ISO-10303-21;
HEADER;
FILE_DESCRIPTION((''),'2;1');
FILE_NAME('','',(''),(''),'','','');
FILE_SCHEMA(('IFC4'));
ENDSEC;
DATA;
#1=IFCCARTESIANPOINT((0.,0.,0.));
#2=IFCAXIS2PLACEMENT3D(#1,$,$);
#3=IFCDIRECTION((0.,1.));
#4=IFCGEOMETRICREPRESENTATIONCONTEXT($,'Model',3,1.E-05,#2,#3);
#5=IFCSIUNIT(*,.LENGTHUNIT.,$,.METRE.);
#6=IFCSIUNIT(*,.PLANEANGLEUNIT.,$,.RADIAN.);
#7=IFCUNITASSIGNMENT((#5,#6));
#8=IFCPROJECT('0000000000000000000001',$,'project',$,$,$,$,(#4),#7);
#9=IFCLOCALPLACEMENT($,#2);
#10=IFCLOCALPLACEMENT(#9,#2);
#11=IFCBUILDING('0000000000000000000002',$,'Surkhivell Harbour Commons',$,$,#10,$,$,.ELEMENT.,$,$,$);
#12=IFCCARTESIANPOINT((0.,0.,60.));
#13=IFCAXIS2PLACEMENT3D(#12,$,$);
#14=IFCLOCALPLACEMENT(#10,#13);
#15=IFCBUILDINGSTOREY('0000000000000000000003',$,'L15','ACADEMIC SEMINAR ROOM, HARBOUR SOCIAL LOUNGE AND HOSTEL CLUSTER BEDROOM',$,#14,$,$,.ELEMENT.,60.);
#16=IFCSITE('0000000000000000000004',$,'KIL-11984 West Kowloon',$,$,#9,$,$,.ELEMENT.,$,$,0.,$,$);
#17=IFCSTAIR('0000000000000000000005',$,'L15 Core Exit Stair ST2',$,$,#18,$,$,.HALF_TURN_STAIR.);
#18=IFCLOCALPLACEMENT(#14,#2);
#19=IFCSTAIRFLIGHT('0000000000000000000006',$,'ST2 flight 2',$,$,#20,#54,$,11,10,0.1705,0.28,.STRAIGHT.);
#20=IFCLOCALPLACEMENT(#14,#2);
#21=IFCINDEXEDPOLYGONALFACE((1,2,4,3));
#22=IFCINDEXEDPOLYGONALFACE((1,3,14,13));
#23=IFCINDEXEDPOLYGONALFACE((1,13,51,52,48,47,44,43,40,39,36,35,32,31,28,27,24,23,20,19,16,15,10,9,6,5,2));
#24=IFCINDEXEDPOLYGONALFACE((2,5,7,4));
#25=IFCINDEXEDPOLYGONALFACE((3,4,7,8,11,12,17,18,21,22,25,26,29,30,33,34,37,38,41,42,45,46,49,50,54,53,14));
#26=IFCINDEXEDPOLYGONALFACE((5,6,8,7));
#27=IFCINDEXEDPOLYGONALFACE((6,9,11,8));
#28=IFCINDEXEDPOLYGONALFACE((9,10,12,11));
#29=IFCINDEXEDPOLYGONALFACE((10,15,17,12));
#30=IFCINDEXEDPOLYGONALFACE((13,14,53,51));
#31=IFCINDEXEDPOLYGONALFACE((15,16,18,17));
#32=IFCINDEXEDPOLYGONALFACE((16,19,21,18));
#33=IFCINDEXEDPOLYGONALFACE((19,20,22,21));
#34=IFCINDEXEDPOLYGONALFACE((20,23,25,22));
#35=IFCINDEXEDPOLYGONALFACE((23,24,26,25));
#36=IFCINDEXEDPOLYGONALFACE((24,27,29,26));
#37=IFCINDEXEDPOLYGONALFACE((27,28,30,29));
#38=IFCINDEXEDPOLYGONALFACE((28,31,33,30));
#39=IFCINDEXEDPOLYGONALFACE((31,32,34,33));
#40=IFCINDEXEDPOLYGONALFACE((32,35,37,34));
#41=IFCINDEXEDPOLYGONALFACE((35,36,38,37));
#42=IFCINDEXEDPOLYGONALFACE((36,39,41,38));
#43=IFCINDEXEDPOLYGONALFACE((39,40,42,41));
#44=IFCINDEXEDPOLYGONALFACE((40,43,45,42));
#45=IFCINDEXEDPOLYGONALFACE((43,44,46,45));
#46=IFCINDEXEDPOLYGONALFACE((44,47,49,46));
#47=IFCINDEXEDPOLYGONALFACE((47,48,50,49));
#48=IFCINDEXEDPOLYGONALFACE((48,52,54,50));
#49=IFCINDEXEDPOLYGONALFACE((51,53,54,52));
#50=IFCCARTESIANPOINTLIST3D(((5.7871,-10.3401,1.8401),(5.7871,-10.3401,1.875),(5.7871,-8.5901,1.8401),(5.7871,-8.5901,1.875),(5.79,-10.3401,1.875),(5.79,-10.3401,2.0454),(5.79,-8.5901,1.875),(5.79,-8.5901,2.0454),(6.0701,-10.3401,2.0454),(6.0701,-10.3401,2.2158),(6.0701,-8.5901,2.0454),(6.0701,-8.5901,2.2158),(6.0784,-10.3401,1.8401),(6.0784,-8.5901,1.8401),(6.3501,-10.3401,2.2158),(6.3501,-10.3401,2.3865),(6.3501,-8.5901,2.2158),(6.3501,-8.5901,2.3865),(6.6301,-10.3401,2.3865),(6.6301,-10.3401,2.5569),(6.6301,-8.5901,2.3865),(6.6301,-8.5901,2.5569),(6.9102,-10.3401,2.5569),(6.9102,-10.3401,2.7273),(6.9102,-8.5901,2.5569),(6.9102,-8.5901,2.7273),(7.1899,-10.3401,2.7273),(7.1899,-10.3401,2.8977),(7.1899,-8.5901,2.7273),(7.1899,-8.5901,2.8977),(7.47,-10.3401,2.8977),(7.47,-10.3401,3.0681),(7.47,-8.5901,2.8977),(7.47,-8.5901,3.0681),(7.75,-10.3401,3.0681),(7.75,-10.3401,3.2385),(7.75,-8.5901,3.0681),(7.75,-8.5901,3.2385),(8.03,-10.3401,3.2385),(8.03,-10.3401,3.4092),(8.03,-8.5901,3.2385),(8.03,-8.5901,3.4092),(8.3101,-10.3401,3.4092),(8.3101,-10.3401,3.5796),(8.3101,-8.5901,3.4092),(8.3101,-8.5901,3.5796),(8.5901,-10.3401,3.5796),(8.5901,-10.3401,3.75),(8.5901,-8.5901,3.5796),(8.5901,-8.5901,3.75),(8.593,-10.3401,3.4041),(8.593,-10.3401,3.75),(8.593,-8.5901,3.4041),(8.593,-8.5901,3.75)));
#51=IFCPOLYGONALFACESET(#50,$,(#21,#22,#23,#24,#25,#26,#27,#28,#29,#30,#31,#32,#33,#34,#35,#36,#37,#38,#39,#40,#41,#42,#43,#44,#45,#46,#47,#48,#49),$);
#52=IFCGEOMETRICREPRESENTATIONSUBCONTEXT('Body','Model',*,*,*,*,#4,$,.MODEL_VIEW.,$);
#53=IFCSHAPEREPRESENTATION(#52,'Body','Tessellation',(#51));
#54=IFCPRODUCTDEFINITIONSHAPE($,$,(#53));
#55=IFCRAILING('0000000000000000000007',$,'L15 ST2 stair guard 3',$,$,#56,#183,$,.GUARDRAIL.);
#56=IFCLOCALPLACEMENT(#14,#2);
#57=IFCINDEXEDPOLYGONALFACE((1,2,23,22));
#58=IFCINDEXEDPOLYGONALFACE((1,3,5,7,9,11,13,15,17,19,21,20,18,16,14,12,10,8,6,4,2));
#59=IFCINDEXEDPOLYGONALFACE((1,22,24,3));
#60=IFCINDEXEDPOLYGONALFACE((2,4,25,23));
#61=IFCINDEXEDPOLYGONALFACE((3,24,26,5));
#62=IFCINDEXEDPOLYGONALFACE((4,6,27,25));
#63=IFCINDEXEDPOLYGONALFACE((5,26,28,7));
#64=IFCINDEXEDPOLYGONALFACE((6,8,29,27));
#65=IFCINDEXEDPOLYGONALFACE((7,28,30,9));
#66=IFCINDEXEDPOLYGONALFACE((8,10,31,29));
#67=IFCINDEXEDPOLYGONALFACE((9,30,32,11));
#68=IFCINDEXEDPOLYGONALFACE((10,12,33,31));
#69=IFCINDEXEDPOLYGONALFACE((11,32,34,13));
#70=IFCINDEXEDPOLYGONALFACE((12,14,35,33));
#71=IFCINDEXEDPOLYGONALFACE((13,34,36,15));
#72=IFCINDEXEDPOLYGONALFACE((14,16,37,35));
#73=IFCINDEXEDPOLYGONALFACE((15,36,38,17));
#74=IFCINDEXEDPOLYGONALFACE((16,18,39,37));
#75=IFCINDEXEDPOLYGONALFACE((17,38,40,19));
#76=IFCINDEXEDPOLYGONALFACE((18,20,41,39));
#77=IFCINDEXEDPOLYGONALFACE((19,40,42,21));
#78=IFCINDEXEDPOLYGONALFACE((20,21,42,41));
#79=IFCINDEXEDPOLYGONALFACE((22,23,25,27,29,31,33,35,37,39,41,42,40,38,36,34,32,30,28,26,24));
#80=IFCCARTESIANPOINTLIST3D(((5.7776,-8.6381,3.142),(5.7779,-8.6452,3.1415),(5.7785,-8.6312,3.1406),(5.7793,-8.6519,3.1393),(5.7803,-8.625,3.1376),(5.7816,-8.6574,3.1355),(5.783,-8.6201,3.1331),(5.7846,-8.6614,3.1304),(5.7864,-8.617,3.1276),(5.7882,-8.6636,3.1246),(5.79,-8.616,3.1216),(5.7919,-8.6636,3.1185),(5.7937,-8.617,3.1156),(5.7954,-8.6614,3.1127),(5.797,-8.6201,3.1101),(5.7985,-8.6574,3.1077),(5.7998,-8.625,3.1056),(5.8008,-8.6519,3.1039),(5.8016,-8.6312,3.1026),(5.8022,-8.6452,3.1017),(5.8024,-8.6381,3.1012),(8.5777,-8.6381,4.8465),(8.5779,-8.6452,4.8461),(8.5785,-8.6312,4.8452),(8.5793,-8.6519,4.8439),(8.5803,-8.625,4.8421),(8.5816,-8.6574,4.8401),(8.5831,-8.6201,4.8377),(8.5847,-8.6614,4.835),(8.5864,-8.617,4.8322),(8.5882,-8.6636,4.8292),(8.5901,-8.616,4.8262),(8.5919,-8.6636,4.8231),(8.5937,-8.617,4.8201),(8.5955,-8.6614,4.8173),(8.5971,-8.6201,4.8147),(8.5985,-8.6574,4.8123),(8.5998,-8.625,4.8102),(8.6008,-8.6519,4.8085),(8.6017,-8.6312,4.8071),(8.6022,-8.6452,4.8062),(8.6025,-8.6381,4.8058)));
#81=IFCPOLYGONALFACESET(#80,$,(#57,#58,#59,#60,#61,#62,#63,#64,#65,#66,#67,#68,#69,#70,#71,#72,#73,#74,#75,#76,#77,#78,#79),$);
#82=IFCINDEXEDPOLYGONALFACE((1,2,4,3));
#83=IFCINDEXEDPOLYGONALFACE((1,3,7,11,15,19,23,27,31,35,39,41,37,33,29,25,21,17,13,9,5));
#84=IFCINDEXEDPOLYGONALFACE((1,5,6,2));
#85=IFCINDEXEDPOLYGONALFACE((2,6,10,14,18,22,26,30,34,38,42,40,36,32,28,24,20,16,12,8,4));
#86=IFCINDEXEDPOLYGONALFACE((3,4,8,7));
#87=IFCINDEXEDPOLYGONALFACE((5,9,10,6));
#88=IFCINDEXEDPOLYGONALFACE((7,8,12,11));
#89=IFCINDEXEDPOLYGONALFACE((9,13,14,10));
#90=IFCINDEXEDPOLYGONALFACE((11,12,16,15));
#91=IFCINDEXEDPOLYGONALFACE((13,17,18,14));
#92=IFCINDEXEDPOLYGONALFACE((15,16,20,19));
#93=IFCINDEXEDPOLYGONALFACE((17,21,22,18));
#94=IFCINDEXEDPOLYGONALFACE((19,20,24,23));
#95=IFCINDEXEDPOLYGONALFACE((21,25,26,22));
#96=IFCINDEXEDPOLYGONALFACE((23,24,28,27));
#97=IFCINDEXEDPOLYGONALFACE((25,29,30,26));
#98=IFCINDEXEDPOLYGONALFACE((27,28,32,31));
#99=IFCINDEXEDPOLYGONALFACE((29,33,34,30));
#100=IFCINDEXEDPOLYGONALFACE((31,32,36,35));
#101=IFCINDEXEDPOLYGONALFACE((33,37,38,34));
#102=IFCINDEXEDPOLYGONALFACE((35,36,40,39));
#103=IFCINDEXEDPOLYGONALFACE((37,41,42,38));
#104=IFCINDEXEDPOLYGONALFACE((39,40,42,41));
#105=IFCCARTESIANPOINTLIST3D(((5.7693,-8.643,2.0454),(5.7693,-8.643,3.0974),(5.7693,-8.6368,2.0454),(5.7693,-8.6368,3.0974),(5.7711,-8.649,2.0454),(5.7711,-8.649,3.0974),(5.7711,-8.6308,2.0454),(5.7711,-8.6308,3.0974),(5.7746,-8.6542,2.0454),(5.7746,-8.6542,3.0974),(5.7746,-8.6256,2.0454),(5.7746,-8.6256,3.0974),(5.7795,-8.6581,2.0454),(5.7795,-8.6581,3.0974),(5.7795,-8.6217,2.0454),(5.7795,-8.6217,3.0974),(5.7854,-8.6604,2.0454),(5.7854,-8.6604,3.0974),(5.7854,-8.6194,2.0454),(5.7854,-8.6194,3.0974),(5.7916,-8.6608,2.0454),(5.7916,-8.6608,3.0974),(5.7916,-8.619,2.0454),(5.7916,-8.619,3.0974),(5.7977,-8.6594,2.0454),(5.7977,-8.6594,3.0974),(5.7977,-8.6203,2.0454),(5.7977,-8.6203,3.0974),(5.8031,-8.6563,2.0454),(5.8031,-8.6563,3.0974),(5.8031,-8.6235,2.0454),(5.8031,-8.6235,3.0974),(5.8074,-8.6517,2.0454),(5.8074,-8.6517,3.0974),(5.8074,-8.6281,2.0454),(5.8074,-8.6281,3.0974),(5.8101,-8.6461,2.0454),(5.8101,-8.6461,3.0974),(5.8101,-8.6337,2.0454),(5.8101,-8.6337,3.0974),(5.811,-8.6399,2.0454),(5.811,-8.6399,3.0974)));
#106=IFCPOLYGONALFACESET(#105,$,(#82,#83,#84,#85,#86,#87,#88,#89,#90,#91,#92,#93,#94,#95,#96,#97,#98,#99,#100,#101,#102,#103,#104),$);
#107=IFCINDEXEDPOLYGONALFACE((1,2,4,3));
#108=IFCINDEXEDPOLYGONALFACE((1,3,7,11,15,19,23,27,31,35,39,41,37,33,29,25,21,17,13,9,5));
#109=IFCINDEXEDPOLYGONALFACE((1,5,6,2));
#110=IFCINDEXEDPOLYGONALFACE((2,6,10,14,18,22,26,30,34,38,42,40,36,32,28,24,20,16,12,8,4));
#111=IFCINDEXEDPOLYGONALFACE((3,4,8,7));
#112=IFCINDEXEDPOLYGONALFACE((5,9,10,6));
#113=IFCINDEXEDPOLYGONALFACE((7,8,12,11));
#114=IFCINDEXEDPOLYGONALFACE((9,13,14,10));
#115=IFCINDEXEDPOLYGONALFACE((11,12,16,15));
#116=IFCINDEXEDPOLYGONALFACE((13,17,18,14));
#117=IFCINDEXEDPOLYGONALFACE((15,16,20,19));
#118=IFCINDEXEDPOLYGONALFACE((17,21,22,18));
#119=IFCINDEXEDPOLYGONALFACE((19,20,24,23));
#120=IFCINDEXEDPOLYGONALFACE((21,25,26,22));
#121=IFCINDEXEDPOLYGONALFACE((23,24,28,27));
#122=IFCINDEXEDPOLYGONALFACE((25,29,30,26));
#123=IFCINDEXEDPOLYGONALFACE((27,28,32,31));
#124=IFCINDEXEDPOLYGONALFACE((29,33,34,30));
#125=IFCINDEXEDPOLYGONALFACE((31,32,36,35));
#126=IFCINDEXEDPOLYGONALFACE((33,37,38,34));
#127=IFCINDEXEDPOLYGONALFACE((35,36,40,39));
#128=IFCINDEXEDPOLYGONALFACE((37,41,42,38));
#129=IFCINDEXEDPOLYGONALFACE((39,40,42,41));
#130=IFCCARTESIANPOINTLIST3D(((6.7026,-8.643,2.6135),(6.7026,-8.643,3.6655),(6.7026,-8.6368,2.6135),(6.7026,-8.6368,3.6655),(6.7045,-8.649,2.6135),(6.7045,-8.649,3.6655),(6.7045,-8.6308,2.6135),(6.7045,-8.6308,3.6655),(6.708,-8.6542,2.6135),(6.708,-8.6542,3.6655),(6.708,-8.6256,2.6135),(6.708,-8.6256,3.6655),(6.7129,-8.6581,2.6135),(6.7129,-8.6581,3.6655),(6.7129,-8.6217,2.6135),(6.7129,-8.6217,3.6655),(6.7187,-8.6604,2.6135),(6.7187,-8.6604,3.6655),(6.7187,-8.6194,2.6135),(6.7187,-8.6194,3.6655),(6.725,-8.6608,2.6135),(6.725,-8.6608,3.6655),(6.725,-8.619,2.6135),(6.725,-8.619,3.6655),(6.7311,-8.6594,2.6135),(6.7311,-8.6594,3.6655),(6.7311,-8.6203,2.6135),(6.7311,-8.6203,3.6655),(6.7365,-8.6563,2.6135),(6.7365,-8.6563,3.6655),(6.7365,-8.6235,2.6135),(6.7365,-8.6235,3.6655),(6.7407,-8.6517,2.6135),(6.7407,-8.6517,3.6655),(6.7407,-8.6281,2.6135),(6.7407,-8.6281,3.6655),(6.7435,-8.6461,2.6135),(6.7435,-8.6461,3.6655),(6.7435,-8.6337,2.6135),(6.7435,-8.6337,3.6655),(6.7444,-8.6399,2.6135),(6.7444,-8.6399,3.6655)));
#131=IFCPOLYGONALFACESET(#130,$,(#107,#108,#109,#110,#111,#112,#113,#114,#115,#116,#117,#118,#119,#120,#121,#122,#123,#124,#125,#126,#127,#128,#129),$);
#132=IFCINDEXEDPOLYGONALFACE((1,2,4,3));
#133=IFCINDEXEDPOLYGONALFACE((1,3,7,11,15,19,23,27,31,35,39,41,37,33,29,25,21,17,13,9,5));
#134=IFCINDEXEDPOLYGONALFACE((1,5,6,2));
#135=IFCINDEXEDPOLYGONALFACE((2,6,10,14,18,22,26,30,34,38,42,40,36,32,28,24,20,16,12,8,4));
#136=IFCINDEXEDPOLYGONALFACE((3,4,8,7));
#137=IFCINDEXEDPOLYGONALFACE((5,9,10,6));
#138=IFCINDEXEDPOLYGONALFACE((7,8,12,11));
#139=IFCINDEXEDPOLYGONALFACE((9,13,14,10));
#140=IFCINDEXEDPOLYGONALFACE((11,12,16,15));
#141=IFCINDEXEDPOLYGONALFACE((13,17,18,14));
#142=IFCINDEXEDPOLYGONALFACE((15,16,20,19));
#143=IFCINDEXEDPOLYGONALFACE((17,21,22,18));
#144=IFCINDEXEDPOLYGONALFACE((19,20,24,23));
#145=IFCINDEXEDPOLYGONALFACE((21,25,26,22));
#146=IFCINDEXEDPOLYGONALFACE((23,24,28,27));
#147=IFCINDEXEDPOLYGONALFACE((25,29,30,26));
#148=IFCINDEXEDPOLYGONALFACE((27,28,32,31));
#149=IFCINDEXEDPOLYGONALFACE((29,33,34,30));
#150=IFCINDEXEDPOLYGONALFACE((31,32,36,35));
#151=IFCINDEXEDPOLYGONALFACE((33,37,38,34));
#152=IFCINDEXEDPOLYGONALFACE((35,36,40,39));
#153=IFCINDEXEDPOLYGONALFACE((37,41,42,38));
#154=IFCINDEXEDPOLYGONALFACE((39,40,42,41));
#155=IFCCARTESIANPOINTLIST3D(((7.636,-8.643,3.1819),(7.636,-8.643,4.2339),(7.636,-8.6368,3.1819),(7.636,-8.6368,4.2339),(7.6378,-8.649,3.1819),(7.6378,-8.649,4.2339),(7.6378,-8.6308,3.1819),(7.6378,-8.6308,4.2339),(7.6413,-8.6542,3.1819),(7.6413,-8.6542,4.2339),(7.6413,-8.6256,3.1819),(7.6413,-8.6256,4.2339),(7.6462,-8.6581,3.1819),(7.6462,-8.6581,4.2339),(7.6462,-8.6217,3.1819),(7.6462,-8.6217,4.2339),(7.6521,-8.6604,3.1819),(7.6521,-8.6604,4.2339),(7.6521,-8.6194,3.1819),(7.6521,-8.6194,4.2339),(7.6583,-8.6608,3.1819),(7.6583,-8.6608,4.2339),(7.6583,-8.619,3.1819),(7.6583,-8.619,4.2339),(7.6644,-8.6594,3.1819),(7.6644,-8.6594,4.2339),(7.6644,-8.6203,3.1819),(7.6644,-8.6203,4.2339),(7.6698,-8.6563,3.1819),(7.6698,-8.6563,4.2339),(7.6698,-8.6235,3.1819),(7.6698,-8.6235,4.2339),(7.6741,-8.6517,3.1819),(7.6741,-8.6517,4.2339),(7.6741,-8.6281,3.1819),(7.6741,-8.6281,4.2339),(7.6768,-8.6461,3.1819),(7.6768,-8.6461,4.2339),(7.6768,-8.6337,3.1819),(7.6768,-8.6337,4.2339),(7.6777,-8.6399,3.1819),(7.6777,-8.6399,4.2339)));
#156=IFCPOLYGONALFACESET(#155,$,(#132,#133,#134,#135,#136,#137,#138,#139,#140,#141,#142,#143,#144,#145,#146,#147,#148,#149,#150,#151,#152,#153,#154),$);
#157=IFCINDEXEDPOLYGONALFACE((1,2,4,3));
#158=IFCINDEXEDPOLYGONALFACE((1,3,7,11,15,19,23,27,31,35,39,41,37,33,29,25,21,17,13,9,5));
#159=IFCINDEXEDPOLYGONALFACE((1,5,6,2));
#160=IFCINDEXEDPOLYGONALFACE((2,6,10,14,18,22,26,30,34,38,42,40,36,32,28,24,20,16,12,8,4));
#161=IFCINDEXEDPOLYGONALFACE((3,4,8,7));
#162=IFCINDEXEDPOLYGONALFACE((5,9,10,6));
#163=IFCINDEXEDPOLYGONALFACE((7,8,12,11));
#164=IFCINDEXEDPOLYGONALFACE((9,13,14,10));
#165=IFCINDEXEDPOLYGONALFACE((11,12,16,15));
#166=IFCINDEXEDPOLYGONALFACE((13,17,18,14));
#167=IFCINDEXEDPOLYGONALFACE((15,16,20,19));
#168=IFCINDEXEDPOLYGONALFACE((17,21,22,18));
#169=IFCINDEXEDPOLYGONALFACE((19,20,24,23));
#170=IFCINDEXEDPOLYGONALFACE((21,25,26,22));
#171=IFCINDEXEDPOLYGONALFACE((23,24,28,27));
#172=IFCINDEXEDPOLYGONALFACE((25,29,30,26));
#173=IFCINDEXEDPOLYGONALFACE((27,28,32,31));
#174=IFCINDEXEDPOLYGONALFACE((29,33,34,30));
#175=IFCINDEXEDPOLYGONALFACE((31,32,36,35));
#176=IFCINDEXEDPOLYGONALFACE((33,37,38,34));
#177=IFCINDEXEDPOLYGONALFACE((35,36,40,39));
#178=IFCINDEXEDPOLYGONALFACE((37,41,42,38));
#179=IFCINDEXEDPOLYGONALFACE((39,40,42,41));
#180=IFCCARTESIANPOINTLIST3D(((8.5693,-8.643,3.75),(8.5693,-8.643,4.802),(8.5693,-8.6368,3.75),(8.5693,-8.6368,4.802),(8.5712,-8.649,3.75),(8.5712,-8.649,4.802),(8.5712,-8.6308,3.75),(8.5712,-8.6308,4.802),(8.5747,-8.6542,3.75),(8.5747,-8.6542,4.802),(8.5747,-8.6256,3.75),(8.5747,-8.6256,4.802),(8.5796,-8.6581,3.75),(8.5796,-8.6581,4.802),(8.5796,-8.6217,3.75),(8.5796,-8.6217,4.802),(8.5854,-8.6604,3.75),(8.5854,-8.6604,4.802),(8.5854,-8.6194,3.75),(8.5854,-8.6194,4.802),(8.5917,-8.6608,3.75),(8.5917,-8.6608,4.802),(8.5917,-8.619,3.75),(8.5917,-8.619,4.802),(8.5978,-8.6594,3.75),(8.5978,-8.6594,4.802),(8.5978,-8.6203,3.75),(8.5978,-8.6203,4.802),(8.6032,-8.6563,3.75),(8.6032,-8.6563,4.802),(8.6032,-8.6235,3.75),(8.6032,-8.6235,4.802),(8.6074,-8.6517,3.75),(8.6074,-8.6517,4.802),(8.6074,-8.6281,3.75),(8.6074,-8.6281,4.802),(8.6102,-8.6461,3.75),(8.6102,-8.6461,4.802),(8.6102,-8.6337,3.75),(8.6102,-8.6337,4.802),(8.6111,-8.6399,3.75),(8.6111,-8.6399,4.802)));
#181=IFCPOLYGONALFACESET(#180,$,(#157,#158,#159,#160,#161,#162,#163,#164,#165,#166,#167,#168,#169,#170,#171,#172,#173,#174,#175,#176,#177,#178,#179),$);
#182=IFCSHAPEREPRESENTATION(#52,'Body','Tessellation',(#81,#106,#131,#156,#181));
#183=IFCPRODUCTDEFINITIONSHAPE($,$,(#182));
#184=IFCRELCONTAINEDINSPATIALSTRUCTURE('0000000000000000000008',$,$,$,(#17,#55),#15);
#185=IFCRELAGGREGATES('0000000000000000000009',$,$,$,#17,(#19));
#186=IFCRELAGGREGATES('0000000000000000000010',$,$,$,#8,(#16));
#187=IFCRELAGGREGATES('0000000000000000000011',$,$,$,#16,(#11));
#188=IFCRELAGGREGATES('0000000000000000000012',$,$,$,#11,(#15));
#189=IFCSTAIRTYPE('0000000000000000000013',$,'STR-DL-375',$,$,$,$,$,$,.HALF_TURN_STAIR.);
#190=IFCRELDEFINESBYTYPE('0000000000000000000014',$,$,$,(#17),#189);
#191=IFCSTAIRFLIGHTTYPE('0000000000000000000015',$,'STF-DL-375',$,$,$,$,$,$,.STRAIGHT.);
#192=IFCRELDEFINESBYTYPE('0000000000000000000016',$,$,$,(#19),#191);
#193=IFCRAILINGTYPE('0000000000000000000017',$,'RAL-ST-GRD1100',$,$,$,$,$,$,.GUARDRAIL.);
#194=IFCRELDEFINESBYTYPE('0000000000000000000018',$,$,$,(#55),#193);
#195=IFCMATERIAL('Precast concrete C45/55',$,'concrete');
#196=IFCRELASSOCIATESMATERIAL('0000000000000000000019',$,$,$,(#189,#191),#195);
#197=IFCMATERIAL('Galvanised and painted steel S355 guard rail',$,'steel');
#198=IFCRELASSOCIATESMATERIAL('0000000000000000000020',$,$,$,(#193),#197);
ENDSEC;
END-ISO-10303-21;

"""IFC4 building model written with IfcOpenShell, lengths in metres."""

from ifc_helpers import new_model, si_unit, direction, frame, origin, origin_2d, place, context, subcontext, project, spatial, polyline, circle, outline, extrude, material, type_object, element, aggregate, save


model = new_model("IFC4")

# Units and contexts
model_context = context("Model", 3, precision=1e-05, world=origin(), true_north=direction((0.0, 1.0)))
body_context = subcontext(model_context, "Body", "Model", "MODEL_VIEW")
ifc_project = project(units=[si_unit("LENGTHUNIT", "METRE"), si_unit("PLANEANGLEUNIT", "RADIAN")], contexts=[model_context])

# Site, building, storey
site_placement = place(None, origin())
site = spatial("IfcSite", under=ifc_project, at=site_placement, Name="KIL-11984 West Kowloon", CompositionType="ELEMENT", RefElevation=0.0)
building_placement = place(site_placement, origin())
building = spatial("IfcBuilding", under=site, at=building_placement, Name="Surkhivell Harbour Commons", CompositionType="ELEMENT")
storey_placement = place(building_placement, frame((0.0, 0.0, 60.0)))
storey = spatial("IfcBuildingStorey", under=building, at=storey_placement, Name="L15", Description="ACADEMIC SEMINAR ROOM, HARBOUR SOCIAL LOUNGE AND HOSTEL CLUSTER BEDROOM", CompositionType="ELEMENT", Elevation=60.0)

# Stair, stair flight
ifc_material_1 = material(Name="Precast concrete C45/55", Category="concrete")
stair_type = type_object("IfcStairType", Name="STR-DL-375", PredefinedType="HALF_TURN_STAIR", material=ifc_material_1)
stair_placement = place(storey_placement, origin())
stair = element("IfcStair", 1, at=stair_placement, inside=storey, type_object=stair_type, Name="L15 Core Exit Stair ST2", PredefinedType="HALF_TURN_STAIR")
stair_flight_type = type_object("IfcStairFlightType", Name="STF-DL-375", PredefinedType="STRAIGHT", material=ifc_material_1)
stair_flight_placement = place(storey_placement, frame((5.79, -9.4651, 1.875), z_axis=(0.0, 0.0, 1.0), x_axis=(1.0, 0.0, 0.0)))
stair_flight = element("IfcStairFlight", 2, at=stair_flight_placement, type_object=stair_flight_type, Name="ST2 flight 2", NumberOfRisers=11, NumberOfTreads=10, PredefinedType="STRAIGHT", RiserHeight=0.1705, TreadLength=0.28, context=body_context, shape_type="SweptSolid", body=[
    extrude(outline(polyline([(-0.0029, -0.0349), (-0.0029, 0.0), (0.0, 0.0), (0.0, 0.1704), (0.28, 0.1704), (0.28, 0.3408), (0.5601, 0.3408), (0.5601, 0.5115), (0.8401, 0.5115), (0.8401, 0.6819), (1.1201, 0.6819), (1.1201, 0.8523), (1.3999, 0.8523), (1.3999, 1.0227), (1.6799, 1.0227), (1.6799, 1.1931), (1.96, 1.1931), (1.96, 1.3635), (2.24, 1.3635), (2.24, 1.5342), (2.52, 1.5342), (2.52, 1.7046), (2.8, 1.7046), (2.8, 1.875), (2.803, 1.875), (2.803, 1.5291), (0.2883, -0.0349), (-0.0029, -0.0349)])), frame((0.0, 0.875, 0.0), z_axis=(0.0, -1.0, 0.0), x_axis=(1.0, 0.0, 0.0)), (0.0, 0.0, 1.0), 1.75),
])
aggregate(stair, [stair_flight])

# Railing
ifc_material_2 = material(Name="Galvanised and painted steel S355 guard rail", Category="steel")
railing_type_1 = type_object("IfcRailingType", Name="RAL-ST-GRD1100", PredefinedType="GUARDRAIL", material=ifc_material_2)
railing_1_placement = place(storey_placement, frame((5.79, -8.6399, 2.0454)))
element("IfcRailing", 3, at=railing_1_placement, inside=storey, type_object=railing_type_1, Name="L15 ST2 stair guard 3", PredefinedType="GUARDRAIL", context=body_context, shape_type="SweptSolid", body=[
    extrude(circle(Radius=0.0239, at=origin_2d()), frame((0.0, 0.0, 1.0762), z_axis=(0.85417, 0.0, 0.519994), x_axis=(0.0, 1.0, 0.0)), (0.0, 0.0, 1.0), 3.2781),
    extrude(circle(Radius=0.021, at=origin_2d()), origin(), (0.0, 0.0, 1.0), 1.052),
    extrude(circle(Radius=0.021, at=origin_2d()), frame((0.9333, 0.0, 0.5681)), (0.0, 0.0, 1.0), 1.052),
    extrude(circle(Radius=0.021, at=origin_2d()), frame((1.8667, 0.0, 1.1365)), (0.0, 0.0, 1.0), 1.052),
    extrude(circle(Radius=0.021, at=origin_2d()), frame((2.8, 0.0, 1.7046)), (0.0, 0.0, 1.0), 1.052),
])

save(model, "model.ifc")
